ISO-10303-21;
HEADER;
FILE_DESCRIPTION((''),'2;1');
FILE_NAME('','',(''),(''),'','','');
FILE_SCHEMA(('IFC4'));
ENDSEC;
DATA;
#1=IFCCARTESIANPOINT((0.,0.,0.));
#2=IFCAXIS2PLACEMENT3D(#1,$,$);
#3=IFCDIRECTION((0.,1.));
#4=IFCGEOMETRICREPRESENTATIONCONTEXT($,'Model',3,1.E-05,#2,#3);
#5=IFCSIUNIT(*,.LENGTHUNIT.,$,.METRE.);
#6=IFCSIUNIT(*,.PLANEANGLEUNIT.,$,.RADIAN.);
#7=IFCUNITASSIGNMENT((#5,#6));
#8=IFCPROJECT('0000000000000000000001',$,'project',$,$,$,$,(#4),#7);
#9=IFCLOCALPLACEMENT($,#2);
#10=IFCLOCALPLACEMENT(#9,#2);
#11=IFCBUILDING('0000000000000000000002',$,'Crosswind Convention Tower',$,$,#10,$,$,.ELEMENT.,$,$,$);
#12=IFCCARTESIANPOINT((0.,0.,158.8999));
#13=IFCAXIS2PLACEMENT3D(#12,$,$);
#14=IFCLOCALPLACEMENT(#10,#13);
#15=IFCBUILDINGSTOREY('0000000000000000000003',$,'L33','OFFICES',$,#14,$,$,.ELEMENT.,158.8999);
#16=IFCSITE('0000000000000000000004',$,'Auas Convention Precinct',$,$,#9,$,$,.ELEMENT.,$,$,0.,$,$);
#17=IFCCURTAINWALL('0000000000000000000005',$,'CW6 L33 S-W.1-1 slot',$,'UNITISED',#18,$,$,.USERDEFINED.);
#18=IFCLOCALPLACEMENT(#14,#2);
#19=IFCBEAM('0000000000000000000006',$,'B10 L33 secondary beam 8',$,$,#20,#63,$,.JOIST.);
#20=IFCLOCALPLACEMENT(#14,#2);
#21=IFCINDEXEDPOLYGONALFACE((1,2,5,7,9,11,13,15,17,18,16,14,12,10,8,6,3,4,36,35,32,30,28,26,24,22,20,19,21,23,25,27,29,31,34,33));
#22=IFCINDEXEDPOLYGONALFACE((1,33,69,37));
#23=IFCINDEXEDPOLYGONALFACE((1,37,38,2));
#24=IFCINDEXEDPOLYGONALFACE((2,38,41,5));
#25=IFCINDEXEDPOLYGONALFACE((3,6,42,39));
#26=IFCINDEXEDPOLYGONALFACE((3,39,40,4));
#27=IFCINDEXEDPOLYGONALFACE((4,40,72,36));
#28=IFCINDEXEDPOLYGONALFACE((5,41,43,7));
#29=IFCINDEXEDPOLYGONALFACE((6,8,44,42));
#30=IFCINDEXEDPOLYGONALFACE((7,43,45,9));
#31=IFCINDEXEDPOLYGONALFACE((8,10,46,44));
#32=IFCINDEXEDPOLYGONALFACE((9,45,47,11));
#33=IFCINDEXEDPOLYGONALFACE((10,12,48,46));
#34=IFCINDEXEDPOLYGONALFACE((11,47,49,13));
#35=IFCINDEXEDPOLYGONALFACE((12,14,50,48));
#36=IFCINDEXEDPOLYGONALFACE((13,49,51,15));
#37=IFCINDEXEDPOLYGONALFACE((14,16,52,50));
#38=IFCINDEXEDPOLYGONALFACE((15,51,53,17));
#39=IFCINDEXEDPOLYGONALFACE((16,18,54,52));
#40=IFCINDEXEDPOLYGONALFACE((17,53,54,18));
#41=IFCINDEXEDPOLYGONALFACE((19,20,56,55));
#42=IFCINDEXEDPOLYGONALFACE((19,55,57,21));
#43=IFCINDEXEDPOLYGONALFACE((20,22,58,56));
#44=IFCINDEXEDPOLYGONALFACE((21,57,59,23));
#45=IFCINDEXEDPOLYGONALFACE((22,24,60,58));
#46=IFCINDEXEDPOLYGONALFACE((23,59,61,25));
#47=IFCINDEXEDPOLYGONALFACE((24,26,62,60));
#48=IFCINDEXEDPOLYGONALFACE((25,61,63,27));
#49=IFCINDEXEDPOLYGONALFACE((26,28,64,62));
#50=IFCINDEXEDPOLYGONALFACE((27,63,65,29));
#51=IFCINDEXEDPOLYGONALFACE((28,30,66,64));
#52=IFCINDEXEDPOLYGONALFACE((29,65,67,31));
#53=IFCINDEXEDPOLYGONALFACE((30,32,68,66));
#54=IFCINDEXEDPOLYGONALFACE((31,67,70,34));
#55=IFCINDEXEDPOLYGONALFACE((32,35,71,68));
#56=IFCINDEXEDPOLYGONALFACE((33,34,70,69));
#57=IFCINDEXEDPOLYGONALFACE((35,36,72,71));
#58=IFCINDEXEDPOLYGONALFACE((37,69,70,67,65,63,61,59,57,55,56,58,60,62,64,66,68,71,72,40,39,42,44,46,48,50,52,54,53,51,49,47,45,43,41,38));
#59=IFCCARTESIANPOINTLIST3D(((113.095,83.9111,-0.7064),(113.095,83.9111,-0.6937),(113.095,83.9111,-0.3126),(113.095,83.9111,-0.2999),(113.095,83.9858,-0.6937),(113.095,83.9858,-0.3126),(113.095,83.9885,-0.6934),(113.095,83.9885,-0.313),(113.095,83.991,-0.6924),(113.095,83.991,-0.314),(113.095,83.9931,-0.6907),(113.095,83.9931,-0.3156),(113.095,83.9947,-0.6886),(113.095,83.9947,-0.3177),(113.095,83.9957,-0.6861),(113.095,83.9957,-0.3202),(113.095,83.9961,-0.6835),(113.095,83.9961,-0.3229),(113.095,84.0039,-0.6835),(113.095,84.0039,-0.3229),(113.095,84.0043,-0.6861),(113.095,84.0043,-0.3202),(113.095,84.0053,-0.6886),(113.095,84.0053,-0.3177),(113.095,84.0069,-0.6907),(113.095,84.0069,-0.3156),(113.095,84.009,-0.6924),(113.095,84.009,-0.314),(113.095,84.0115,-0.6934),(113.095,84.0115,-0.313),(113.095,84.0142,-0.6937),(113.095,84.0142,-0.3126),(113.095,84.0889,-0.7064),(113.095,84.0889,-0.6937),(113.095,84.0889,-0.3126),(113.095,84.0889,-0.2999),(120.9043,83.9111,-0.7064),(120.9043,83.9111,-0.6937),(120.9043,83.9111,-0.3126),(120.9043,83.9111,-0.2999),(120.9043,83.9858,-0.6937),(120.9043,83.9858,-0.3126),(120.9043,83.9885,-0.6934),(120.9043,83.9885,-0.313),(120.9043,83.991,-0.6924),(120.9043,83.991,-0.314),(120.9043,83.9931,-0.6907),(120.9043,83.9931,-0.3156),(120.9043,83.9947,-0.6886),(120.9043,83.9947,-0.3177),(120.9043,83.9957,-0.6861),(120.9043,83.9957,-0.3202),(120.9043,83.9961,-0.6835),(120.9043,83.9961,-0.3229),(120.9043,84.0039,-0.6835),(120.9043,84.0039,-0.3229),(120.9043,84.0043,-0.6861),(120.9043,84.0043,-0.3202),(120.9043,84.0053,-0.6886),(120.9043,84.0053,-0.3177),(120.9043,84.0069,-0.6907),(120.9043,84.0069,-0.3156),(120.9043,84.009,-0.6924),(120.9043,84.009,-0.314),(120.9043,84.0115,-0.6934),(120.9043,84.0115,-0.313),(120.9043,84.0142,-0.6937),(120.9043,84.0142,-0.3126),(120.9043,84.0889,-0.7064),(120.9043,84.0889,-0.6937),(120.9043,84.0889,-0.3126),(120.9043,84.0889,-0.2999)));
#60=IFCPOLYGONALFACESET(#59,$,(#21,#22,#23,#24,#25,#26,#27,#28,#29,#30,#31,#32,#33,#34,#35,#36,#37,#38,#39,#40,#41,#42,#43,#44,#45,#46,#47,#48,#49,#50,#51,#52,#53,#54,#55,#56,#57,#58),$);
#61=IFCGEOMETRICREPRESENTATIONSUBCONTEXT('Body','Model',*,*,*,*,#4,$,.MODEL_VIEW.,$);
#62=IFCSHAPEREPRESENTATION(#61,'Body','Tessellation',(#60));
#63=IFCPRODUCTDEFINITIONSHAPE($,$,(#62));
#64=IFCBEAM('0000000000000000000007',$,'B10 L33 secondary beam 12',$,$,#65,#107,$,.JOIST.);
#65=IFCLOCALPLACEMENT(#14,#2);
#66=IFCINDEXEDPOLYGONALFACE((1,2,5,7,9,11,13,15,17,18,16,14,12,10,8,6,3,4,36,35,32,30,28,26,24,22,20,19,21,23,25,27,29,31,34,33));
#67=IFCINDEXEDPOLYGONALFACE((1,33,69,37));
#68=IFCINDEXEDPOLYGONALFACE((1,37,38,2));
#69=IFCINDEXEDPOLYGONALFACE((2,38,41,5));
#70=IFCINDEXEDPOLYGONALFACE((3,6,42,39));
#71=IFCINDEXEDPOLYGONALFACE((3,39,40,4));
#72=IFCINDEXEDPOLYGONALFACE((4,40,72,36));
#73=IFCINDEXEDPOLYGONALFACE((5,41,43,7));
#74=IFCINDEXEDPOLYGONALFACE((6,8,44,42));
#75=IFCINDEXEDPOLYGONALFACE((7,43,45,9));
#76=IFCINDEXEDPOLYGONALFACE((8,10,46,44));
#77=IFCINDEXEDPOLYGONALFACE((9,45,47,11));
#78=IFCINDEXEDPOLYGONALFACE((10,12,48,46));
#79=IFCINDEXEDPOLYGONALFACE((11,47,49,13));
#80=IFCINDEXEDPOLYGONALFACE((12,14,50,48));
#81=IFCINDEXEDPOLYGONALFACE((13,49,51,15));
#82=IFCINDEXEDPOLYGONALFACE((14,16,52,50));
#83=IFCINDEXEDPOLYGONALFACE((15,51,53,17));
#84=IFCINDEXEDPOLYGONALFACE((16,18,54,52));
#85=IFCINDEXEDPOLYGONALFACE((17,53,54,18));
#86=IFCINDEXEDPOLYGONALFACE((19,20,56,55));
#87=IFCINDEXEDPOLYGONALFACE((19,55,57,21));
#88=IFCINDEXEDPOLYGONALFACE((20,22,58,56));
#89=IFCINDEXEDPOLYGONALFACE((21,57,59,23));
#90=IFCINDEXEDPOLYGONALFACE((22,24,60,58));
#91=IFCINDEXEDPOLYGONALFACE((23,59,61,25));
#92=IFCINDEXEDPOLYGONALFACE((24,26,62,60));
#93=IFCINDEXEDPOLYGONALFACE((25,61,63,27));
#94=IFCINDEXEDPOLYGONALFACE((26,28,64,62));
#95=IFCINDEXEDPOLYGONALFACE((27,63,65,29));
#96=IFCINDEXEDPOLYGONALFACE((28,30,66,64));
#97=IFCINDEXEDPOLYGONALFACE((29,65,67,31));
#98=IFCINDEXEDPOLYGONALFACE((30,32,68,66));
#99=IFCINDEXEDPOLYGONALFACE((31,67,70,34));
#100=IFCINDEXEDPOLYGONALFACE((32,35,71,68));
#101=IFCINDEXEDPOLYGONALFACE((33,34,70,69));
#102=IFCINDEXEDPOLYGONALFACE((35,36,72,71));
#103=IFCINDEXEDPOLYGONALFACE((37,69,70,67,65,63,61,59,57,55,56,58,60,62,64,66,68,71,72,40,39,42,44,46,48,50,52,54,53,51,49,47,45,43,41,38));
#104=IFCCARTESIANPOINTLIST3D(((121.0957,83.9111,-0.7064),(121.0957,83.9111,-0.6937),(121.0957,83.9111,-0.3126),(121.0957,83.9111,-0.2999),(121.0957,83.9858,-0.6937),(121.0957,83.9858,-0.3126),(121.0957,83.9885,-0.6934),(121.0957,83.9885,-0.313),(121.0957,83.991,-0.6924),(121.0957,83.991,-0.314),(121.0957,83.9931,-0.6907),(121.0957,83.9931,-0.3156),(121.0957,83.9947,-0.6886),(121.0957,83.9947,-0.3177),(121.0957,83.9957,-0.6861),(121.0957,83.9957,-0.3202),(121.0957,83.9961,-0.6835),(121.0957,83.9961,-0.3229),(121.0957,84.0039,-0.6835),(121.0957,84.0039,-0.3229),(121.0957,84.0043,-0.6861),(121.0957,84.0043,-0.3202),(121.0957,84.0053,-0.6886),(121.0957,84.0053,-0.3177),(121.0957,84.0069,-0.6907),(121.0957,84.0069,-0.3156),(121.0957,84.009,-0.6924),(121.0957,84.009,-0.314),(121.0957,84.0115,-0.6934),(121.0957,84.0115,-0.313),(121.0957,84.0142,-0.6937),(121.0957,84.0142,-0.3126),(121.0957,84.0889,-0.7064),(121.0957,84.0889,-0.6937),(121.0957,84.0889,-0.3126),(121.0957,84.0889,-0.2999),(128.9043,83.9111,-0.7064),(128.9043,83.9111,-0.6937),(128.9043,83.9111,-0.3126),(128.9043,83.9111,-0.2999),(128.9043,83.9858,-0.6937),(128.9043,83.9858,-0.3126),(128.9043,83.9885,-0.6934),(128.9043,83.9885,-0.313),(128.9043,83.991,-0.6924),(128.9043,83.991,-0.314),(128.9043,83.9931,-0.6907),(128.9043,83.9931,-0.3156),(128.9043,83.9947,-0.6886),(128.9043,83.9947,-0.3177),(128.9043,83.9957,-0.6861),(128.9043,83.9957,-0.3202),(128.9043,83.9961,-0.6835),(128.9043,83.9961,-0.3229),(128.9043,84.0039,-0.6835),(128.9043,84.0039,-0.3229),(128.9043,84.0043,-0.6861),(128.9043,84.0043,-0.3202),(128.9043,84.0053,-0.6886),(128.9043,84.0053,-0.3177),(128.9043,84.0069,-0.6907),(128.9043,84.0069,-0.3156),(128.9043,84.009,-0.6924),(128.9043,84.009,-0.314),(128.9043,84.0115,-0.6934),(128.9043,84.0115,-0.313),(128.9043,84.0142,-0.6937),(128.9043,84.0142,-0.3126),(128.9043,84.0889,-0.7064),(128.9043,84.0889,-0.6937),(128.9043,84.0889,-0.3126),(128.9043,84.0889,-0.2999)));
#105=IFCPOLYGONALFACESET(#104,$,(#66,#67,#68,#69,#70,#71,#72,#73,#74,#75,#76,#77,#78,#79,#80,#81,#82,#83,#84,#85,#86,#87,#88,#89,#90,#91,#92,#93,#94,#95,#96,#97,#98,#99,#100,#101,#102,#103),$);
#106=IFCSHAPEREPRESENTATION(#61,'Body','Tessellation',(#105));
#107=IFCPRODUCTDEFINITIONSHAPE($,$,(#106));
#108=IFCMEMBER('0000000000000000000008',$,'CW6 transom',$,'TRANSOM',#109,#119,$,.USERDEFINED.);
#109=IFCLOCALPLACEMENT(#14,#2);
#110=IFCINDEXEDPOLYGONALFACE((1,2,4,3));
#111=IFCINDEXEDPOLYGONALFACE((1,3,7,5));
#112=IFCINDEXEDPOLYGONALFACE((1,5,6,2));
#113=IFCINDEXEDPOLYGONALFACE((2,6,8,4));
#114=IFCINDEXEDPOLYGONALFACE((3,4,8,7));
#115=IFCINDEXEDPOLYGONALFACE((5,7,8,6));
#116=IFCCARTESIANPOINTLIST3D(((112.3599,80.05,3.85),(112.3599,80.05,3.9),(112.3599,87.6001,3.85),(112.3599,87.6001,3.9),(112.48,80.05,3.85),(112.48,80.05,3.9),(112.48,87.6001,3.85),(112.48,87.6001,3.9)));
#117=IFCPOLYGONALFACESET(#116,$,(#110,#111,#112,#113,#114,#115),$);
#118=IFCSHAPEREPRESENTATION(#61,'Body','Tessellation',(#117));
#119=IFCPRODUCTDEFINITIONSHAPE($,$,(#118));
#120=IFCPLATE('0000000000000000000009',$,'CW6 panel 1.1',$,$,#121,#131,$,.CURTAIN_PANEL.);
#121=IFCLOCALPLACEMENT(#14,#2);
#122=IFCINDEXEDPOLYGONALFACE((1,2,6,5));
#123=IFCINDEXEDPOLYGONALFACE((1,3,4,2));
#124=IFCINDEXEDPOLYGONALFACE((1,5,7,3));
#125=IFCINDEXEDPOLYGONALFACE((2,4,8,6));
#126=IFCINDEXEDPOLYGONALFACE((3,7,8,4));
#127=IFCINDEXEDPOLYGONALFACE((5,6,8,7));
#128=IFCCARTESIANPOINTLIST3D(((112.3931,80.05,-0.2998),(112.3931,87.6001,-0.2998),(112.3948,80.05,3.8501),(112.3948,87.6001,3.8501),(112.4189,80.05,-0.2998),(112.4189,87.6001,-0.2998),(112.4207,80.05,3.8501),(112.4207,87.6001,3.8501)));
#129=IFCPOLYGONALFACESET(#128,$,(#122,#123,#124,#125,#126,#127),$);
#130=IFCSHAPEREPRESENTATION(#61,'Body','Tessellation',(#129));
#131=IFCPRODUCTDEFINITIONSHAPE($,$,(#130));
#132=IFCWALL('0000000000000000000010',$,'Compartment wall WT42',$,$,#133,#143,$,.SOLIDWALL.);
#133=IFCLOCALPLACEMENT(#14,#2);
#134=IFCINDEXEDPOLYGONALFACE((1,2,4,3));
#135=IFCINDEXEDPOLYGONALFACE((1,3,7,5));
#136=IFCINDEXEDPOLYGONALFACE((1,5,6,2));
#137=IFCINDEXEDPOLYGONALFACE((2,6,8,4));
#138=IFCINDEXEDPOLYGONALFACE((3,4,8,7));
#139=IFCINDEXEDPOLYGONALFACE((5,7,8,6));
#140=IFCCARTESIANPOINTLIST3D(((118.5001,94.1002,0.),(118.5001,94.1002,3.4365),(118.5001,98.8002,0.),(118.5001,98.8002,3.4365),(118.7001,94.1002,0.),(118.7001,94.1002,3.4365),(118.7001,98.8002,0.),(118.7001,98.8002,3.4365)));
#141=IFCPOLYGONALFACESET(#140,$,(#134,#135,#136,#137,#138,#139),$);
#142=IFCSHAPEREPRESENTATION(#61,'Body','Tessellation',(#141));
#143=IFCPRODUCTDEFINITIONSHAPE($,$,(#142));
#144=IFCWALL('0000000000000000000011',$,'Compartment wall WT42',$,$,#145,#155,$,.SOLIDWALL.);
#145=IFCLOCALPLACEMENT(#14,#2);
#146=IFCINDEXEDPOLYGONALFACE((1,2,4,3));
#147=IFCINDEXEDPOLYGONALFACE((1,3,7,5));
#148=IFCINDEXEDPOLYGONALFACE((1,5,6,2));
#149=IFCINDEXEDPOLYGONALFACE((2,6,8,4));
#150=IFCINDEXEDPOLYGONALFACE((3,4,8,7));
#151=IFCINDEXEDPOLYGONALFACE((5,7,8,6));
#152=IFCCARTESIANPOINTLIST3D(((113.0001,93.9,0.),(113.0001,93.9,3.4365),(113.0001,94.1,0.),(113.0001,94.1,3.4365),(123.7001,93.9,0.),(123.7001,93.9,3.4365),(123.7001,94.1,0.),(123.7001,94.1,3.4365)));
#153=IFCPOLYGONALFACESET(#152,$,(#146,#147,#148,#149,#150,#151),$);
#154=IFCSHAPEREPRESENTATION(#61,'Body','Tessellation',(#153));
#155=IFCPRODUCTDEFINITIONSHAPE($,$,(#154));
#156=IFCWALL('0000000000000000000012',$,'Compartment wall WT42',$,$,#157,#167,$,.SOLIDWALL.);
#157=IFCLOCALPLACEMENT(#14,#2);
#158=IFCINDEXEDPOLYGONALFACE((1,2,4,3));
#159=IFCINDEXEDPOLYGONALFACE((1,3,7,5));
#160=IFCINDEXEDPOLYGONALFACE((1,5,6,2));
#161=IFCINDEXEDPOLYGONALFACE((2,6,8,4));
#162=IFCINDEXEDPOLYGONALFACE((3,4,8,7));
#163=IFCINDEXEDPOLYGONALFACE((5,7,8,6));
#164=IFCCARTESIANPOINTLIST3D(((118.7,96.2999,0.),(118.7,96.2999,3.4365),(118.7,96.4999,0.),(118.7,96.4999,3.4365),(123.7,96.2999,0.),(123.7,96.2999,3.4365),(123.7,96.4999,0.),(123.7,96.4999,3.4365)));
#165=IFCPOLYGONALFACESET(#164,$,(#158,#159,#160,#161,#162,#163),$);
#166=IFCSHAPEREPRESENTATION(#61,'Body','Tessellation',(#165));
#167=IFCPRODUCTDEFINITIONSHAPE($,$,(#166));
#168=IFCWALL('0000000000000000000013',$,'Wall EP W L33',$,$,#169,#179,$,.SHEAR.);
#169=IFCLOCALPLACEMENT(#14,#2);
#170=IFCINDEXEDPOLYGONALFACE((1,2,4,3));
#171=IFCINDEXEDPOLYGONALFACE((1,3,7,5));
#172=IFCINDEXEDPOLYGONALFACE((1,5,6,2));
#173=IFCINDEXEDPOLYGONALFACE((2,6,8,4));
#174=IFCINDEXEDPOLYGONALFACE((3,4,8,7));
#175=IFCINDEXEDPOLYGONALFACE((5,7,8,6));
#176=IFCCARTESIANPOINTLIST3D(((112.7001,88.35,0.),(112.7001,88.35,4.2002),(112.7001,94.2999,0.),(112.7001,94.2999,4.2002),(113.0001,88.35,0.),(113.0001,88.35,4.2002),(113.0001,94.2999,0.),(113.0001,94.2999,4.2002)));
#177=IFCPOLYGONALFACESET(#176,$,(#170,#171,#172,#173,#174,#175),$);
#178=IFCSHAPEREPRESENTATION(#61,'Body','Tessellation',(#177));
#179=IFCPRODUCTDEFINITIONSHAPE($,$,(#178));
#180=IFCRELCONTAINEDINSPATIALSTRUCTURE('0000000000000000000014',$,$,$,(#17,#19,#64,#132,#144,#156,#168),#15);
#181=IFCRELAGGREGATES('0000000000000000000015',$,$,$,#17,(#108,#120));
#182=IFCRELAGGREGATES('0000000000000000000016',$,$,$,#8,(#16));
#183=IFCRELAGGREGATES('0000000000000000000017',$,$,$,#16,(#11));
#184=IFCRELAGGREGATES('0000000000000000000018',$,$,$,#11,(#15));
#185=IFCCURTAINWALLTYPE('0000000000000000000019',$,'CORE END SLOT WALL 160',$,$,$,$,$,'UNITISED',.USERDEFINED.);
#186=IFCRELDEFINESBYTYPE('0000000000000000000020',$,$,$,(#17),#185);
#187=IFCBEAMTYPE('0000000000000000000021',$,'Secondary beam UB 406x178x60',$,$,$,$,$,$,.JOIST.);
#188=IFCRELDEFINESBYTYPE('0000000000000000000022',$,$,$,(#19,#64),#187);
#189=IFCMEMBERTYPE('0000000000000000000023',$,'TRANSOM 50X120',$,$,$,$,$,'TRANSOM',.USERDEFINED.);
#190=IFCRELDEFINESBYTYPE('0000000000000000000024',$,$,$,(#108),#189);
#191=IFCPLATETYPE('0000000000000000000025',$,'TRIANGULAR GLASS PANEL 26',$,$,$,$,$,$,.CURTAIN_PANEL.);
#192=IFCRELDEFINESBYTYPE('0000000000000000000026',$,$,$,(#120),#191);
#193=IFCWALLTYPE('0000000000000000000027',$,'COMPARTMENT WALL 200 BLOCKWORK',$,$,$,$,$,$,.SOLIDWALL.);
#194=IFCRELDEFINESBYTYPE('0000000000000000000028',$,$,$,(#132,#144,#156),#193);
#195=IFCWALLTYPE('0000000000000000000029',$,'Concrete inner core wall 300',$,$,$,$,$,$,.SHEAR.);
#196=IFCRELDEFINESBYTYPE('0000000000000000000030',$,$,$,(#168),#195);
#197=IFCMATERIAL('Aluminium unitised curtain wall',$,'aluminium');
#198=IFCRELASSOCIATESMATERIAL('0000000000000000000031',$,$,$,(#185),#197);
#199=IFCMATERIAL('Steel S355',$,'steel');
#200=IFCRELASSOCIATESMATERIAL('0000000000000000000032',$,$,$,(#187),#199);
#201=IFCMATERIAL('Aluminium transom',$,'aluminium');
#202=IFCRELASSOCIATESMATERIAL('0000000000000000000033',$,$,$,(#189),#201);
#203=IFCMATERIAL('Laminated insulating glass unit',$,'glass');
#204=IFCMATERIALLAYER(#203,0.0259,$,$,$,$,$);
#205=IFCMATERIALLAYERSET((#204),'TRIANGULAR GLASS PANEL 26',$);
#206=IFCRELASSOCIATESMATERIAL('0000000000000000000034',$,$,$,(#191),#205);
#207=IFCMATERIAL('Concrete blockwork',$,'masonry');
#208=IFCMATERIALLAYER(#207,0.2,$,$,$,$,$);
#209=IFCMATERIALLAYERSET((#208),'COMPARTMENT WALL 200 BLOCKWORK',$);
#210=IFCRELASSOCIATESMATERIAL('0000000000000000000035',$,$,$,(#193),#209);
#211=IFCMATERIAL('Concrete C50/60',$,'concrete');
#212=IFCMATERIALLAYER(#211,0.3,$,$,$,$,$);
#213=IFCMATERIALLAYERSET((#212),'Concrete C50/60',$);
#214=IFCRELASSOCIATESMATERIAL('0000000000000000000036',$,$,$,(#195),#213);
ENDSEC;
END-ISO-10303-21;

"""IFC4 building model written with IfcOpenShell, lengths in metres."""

from ifc_helpers import new_model, si_unit, direction, frame, frame_2d, origin, origin_2d, place, context, subcontext, project, spatial, polyline, rectangle, i_section, outline, extrude, material, layer, layer_set, material_profile, profile_set, type_object, element, aggregate, save


model = new_model("IFC4")

# Units and contexts
model_context = context("Model", 3, precision=1e-05, world=origin(), true_north=direction((0.0, 1.0)))
body_context = subcontext(model_context, "Body", "Model", "MODEL_VIEW")
ifc_project = project(units=[si_unit("LENGTHUNIT", "METRE"), si_unit("PLANEANGLEUNIT", "RADIAN")], contexts=[model_context])

# Site, building, storey
site_placement = place(None, origin())
site = spatial("IfcSite", under=ifc_project, at=site_placement, Name="Auas Convention Precinct", CompositionType="ELEMENT", RefElevation=0.0)
building_placement = place(site_placement, origin())
building = spatial("IfcBuilding", under=site, at=building_placement, Name="Crosswind Convention Tower", CompositionType="ELEMENT")
storey_placement = place(building_placement, frame((0.0, 0.0, 158.8999)))
storey = spatial("IfcBuildingStorey", under=building, at=storey_placement, Name="L33", Description="OFFICES", CompositionType="ELEMENT", Elevation=158.8999)

# Shared definitions
ifc_material_1 = material(Name="Steel S355", Category="steel")

# Curtain wall
ifc_material_2 = material(Name="Aluminium unitised curtain wall", Category="aluminium")
curtain_wall_type = type_object("IfcCurtainWallType", Name="CORE END SLOT WALL 160", ElementType="UNITISED", PredefinedType="USERDEFINED", material=ifc_material_2)
curtain_wall_placement = place(storey_placement, origin())
curtain_wall = element("IfcCurtainWall", 1, at=curtain_wall_placement, inside=storey, type_object=curtain_wall_type, Name="CW6 L33 S-W.1-1 slot", ObjectType="UNITISED", PredefinedType="USERDEFINED")

# Beams
ifc_material_profile_1 = material_profile(ifc_material_1, i_section(OverallWidth=0.1777, OverallDepth=0.4065, WebThickness=0.0078, FlangeThickness=0.0127, FilletRadius=0.0103, at=origin_2d()), Name="UB 406x178x60")
ifc_profile_set_1 = profile_set([ifc_material_profile_1], Name="Steel S355")
beam_type_1 = type_object("IfcBeamType", Name="Secondary beam UB 406x178x60", PredefinedType="JOIST", material=ifc_profile_set_1)
beam_1_placement = place(storey_placement, frame((113.095, 84.0, -0.5032), z_axis=(1.0, 0.0, 0.0), x_axis=(0.0, 1.0, 0.0)))
element("IfcBeam", 2, at=beam_1_placement, inside=storey, type_object=beam_type_1, Name="B10 L33 secondary beam 8", PredefinedType="JOIST", context=body_context, shape_type="SweptSolid", body=[
    extrude(i_section(OverallWidth=0.1777, OverallDepth=0.4065, WebThickness=0.0078, FlangeThickness=0.0127, FilletRadius=0.0103, at=origin_2d()), origin(), (0.0, 0.0, 1.0), 7.8093),
])
beam_2_placement = place(storey_placement, frame((121.0957, 84.0, -0.5032), z_axis=(1.0, 0.0, 0.0), x_axis=(0.0, 1.0, 0.0)))
element("IfcBeam", 3, at=beam_2_placement, inside=storey, type_object=beam_type_1, Name="B10 L33 secondary beam 12", PredefinedType="JOIST", context=body_context, shape_type="SweptSolid", body=[
    extrude(i_section(OverallWidth=0.1777, OverallDepth=0.4065, WebThickness=0.0078, FlangeThickness=0.0127, FilletRadius=0.0103, at=origin_2d()), origin(), (0.0, 0.0, 1.0), 7.8086),
])

# Member
ifc_material_3 = material(Name="Aluminium transom", Category="aluminium")
ifc_material_profile_2 = material_profile(ifc_material_3, rectangle(XDim=0.1201, YDim=0.05, at=origin_2d()), Name="AL 120X50")
ifc_profile_set_2 = profile_set([ifc_material_profile_2], Name="Aluminium transom")
member_type_1 = type_object("IfcMemberType", Name="TRANSOM 50X120", ElementType="TRANSOM", PredefinedType="USERDEFINED", material=ifc_profile_set_2)
member_1_placement = place(storey_placement, frame((112.4199, 87.6001, 3.875), z_axis=(0.0, -1.0, 0.0), x_axis=(1.0, 0.0, 0.0)))
member_1 = element("IfcMember", 4, at=member_1_placement, type_object=member_type_1, Name="CW6 transom", ObjectType="TRANSOM", PredefinedType="USERDEFINED", context=body_context, shape_type="SweptSolid", body=[
    extrude(rectangle(XDim=0.1201, YDim=0.05, at=origin_2d()), origin(), (0.0, 0.0, 1.0), 7.55),
])

# Plate
ifc_material_4 = material(Name="Laminated insulating glass unit", Category="glass")
ifc_layer_1 = layer(ifc_material_4, 0.0259)
ifc_layer_set_1 = layer_set([ifc_layer_1], Name="TRIANGULAR GLASS PANEL 26")
plate_type = type_object("IfcPlateType", Name="TRIANGULAR GLASS PANEL 26", PredefinedType="CURTAIN_PANEL", material=ifc_layer_set_1)
plate_placement = place(storey_placement, frame((112.3931, 87.6001, -0.2998), z_axis=(-1.0, 0.0, 0.000412), x_axis=(0.0, -1.0, 0.0)))
plate = element("IfcPlate", 5, at=plate_placement, type_object=plate_type, Name="CW6 panel 1.1", PredefinedType="CURTAIN_PANEL", context=body_context, shape_type="SweptSolid", body=[
    extrude(outline(polyline([(0.0, 0.0), (7.55, 0.0), (7.55, 4.1499), (0.0, 4.1499), (0.0, 0.0)])), origin(), (0.0, 0.0, -1.0), 0.0259),
])
aggregate(curtain_wall, [member_1, plate])

# Walls
ifc_material_5 = material(Name="Concrete blockwork", Category="masonry")
ifc_layer_2 = layer(ifc_material_5, 0.2)
ifc_layer_set_2 = layer_set([ifc_layer_2], Name="COMPARTMENT WALL 200 BLOCKWORK")
wall_type_1 = type_object("IfcWallType", Name="COMPARTMENT WALL 200 BLOCKWORK", PredefinedType="SOLIDWALL", material=ifc_layer_set_2)
wall_1_placement = place(storey_placement, frame((118.6001, 94.1001, 0.0), z_axis=(0.0, 0.0, 1.0), x_axis=(0.0, 1.0, 0.0)))
element("IfcWall", 6, at=wall_1_placement, inside=storey, type_object=wall_type_1, Name="Compartment wall WT42", PredefinedType="SOLIDWALL", context=body_context, shape_type="SweptSolid", body=[
    extrude(rectangle(XDim=4.7, YDim=0.2, at=frame_2d((2.3501, 0.0))), origin(), (0.0, 0.0, 1.0), 3.4365),
])
wall_2_placement = place(storey_placement, frame((113.0, 94.0, 0.0), z_axis=(0.0, 0.0, 1.0), x_axis=(1.0, 0.0, 0.0)))
element("IfcWall", 7, at=wall_2_placement, inside=storey, type_object=wall_type_1, Name="Compartment wall WT42", PredefinedType="SOLIDWALL", context=body_context, shape_type="SweptSolid", body=[
    extrude(rectangle(XDim=10.7, YDim=0.2, at=frame_2d((5.3501, 0.0))), origin(), (0.0, 0.0, 1.0), 3.4365),
])
wall_3_placement = place(storey_placement, frame((118.7, 96.3999, 0.0), z_axis=(0.0, 0.0, 1.0), x_axis=(1.0, 0.0, 0.0)))
element("IfcWall", 8, at=wall_3_placement, inside=storey, type_object=wall_type_1, Name="Compartment wall WT42", PredefinedType="SOLIDWALL", context=body_context, shape_type="SweptSolid", body=[
    extrude(rectangle(XDim=5.0, YDim=0.2, at=frame_2d((2.5, 0.0))), origin(), (0.0, 0.0, 1.0), 3.4365),
])
ifc_material_6 = material(Name="Concrete C50/60", Category="concrete")
ifc_layer_3 = layer(ifc_material_6, 0.3)
ifc_layer_set_3 = layer_set([ifc_layer_3], Name="Concrete C50/60")
wall_type_2 = type_object("IfcWallType", Name="Concrete inner core wall 300", PredefinedType="SHEAR", material=ifc_layer_set_3)
wall_4_placement = place(storey_placement, frame((112.8501, 94.3, 0.0), z_axis=(0.0, 0.0, 1.0), x_axis=(0.0, -1.0, 0.0)))
element("IfcWall", 9, at=wall_4_placement, inside=storey, type_object=wall_type_2, Name="Wall EP W L33", PredefinedType="SHEAR", context=body_context, shape_type="SweptSolid", body=[
    extrude(rectangle(XDim=5.95, YDim=0.3, at=frame_2d((2.9751, 0.0))), origin(), (0.0, 0.0, 1.0), 4.2002),
])

save(model, "model.ifc")
